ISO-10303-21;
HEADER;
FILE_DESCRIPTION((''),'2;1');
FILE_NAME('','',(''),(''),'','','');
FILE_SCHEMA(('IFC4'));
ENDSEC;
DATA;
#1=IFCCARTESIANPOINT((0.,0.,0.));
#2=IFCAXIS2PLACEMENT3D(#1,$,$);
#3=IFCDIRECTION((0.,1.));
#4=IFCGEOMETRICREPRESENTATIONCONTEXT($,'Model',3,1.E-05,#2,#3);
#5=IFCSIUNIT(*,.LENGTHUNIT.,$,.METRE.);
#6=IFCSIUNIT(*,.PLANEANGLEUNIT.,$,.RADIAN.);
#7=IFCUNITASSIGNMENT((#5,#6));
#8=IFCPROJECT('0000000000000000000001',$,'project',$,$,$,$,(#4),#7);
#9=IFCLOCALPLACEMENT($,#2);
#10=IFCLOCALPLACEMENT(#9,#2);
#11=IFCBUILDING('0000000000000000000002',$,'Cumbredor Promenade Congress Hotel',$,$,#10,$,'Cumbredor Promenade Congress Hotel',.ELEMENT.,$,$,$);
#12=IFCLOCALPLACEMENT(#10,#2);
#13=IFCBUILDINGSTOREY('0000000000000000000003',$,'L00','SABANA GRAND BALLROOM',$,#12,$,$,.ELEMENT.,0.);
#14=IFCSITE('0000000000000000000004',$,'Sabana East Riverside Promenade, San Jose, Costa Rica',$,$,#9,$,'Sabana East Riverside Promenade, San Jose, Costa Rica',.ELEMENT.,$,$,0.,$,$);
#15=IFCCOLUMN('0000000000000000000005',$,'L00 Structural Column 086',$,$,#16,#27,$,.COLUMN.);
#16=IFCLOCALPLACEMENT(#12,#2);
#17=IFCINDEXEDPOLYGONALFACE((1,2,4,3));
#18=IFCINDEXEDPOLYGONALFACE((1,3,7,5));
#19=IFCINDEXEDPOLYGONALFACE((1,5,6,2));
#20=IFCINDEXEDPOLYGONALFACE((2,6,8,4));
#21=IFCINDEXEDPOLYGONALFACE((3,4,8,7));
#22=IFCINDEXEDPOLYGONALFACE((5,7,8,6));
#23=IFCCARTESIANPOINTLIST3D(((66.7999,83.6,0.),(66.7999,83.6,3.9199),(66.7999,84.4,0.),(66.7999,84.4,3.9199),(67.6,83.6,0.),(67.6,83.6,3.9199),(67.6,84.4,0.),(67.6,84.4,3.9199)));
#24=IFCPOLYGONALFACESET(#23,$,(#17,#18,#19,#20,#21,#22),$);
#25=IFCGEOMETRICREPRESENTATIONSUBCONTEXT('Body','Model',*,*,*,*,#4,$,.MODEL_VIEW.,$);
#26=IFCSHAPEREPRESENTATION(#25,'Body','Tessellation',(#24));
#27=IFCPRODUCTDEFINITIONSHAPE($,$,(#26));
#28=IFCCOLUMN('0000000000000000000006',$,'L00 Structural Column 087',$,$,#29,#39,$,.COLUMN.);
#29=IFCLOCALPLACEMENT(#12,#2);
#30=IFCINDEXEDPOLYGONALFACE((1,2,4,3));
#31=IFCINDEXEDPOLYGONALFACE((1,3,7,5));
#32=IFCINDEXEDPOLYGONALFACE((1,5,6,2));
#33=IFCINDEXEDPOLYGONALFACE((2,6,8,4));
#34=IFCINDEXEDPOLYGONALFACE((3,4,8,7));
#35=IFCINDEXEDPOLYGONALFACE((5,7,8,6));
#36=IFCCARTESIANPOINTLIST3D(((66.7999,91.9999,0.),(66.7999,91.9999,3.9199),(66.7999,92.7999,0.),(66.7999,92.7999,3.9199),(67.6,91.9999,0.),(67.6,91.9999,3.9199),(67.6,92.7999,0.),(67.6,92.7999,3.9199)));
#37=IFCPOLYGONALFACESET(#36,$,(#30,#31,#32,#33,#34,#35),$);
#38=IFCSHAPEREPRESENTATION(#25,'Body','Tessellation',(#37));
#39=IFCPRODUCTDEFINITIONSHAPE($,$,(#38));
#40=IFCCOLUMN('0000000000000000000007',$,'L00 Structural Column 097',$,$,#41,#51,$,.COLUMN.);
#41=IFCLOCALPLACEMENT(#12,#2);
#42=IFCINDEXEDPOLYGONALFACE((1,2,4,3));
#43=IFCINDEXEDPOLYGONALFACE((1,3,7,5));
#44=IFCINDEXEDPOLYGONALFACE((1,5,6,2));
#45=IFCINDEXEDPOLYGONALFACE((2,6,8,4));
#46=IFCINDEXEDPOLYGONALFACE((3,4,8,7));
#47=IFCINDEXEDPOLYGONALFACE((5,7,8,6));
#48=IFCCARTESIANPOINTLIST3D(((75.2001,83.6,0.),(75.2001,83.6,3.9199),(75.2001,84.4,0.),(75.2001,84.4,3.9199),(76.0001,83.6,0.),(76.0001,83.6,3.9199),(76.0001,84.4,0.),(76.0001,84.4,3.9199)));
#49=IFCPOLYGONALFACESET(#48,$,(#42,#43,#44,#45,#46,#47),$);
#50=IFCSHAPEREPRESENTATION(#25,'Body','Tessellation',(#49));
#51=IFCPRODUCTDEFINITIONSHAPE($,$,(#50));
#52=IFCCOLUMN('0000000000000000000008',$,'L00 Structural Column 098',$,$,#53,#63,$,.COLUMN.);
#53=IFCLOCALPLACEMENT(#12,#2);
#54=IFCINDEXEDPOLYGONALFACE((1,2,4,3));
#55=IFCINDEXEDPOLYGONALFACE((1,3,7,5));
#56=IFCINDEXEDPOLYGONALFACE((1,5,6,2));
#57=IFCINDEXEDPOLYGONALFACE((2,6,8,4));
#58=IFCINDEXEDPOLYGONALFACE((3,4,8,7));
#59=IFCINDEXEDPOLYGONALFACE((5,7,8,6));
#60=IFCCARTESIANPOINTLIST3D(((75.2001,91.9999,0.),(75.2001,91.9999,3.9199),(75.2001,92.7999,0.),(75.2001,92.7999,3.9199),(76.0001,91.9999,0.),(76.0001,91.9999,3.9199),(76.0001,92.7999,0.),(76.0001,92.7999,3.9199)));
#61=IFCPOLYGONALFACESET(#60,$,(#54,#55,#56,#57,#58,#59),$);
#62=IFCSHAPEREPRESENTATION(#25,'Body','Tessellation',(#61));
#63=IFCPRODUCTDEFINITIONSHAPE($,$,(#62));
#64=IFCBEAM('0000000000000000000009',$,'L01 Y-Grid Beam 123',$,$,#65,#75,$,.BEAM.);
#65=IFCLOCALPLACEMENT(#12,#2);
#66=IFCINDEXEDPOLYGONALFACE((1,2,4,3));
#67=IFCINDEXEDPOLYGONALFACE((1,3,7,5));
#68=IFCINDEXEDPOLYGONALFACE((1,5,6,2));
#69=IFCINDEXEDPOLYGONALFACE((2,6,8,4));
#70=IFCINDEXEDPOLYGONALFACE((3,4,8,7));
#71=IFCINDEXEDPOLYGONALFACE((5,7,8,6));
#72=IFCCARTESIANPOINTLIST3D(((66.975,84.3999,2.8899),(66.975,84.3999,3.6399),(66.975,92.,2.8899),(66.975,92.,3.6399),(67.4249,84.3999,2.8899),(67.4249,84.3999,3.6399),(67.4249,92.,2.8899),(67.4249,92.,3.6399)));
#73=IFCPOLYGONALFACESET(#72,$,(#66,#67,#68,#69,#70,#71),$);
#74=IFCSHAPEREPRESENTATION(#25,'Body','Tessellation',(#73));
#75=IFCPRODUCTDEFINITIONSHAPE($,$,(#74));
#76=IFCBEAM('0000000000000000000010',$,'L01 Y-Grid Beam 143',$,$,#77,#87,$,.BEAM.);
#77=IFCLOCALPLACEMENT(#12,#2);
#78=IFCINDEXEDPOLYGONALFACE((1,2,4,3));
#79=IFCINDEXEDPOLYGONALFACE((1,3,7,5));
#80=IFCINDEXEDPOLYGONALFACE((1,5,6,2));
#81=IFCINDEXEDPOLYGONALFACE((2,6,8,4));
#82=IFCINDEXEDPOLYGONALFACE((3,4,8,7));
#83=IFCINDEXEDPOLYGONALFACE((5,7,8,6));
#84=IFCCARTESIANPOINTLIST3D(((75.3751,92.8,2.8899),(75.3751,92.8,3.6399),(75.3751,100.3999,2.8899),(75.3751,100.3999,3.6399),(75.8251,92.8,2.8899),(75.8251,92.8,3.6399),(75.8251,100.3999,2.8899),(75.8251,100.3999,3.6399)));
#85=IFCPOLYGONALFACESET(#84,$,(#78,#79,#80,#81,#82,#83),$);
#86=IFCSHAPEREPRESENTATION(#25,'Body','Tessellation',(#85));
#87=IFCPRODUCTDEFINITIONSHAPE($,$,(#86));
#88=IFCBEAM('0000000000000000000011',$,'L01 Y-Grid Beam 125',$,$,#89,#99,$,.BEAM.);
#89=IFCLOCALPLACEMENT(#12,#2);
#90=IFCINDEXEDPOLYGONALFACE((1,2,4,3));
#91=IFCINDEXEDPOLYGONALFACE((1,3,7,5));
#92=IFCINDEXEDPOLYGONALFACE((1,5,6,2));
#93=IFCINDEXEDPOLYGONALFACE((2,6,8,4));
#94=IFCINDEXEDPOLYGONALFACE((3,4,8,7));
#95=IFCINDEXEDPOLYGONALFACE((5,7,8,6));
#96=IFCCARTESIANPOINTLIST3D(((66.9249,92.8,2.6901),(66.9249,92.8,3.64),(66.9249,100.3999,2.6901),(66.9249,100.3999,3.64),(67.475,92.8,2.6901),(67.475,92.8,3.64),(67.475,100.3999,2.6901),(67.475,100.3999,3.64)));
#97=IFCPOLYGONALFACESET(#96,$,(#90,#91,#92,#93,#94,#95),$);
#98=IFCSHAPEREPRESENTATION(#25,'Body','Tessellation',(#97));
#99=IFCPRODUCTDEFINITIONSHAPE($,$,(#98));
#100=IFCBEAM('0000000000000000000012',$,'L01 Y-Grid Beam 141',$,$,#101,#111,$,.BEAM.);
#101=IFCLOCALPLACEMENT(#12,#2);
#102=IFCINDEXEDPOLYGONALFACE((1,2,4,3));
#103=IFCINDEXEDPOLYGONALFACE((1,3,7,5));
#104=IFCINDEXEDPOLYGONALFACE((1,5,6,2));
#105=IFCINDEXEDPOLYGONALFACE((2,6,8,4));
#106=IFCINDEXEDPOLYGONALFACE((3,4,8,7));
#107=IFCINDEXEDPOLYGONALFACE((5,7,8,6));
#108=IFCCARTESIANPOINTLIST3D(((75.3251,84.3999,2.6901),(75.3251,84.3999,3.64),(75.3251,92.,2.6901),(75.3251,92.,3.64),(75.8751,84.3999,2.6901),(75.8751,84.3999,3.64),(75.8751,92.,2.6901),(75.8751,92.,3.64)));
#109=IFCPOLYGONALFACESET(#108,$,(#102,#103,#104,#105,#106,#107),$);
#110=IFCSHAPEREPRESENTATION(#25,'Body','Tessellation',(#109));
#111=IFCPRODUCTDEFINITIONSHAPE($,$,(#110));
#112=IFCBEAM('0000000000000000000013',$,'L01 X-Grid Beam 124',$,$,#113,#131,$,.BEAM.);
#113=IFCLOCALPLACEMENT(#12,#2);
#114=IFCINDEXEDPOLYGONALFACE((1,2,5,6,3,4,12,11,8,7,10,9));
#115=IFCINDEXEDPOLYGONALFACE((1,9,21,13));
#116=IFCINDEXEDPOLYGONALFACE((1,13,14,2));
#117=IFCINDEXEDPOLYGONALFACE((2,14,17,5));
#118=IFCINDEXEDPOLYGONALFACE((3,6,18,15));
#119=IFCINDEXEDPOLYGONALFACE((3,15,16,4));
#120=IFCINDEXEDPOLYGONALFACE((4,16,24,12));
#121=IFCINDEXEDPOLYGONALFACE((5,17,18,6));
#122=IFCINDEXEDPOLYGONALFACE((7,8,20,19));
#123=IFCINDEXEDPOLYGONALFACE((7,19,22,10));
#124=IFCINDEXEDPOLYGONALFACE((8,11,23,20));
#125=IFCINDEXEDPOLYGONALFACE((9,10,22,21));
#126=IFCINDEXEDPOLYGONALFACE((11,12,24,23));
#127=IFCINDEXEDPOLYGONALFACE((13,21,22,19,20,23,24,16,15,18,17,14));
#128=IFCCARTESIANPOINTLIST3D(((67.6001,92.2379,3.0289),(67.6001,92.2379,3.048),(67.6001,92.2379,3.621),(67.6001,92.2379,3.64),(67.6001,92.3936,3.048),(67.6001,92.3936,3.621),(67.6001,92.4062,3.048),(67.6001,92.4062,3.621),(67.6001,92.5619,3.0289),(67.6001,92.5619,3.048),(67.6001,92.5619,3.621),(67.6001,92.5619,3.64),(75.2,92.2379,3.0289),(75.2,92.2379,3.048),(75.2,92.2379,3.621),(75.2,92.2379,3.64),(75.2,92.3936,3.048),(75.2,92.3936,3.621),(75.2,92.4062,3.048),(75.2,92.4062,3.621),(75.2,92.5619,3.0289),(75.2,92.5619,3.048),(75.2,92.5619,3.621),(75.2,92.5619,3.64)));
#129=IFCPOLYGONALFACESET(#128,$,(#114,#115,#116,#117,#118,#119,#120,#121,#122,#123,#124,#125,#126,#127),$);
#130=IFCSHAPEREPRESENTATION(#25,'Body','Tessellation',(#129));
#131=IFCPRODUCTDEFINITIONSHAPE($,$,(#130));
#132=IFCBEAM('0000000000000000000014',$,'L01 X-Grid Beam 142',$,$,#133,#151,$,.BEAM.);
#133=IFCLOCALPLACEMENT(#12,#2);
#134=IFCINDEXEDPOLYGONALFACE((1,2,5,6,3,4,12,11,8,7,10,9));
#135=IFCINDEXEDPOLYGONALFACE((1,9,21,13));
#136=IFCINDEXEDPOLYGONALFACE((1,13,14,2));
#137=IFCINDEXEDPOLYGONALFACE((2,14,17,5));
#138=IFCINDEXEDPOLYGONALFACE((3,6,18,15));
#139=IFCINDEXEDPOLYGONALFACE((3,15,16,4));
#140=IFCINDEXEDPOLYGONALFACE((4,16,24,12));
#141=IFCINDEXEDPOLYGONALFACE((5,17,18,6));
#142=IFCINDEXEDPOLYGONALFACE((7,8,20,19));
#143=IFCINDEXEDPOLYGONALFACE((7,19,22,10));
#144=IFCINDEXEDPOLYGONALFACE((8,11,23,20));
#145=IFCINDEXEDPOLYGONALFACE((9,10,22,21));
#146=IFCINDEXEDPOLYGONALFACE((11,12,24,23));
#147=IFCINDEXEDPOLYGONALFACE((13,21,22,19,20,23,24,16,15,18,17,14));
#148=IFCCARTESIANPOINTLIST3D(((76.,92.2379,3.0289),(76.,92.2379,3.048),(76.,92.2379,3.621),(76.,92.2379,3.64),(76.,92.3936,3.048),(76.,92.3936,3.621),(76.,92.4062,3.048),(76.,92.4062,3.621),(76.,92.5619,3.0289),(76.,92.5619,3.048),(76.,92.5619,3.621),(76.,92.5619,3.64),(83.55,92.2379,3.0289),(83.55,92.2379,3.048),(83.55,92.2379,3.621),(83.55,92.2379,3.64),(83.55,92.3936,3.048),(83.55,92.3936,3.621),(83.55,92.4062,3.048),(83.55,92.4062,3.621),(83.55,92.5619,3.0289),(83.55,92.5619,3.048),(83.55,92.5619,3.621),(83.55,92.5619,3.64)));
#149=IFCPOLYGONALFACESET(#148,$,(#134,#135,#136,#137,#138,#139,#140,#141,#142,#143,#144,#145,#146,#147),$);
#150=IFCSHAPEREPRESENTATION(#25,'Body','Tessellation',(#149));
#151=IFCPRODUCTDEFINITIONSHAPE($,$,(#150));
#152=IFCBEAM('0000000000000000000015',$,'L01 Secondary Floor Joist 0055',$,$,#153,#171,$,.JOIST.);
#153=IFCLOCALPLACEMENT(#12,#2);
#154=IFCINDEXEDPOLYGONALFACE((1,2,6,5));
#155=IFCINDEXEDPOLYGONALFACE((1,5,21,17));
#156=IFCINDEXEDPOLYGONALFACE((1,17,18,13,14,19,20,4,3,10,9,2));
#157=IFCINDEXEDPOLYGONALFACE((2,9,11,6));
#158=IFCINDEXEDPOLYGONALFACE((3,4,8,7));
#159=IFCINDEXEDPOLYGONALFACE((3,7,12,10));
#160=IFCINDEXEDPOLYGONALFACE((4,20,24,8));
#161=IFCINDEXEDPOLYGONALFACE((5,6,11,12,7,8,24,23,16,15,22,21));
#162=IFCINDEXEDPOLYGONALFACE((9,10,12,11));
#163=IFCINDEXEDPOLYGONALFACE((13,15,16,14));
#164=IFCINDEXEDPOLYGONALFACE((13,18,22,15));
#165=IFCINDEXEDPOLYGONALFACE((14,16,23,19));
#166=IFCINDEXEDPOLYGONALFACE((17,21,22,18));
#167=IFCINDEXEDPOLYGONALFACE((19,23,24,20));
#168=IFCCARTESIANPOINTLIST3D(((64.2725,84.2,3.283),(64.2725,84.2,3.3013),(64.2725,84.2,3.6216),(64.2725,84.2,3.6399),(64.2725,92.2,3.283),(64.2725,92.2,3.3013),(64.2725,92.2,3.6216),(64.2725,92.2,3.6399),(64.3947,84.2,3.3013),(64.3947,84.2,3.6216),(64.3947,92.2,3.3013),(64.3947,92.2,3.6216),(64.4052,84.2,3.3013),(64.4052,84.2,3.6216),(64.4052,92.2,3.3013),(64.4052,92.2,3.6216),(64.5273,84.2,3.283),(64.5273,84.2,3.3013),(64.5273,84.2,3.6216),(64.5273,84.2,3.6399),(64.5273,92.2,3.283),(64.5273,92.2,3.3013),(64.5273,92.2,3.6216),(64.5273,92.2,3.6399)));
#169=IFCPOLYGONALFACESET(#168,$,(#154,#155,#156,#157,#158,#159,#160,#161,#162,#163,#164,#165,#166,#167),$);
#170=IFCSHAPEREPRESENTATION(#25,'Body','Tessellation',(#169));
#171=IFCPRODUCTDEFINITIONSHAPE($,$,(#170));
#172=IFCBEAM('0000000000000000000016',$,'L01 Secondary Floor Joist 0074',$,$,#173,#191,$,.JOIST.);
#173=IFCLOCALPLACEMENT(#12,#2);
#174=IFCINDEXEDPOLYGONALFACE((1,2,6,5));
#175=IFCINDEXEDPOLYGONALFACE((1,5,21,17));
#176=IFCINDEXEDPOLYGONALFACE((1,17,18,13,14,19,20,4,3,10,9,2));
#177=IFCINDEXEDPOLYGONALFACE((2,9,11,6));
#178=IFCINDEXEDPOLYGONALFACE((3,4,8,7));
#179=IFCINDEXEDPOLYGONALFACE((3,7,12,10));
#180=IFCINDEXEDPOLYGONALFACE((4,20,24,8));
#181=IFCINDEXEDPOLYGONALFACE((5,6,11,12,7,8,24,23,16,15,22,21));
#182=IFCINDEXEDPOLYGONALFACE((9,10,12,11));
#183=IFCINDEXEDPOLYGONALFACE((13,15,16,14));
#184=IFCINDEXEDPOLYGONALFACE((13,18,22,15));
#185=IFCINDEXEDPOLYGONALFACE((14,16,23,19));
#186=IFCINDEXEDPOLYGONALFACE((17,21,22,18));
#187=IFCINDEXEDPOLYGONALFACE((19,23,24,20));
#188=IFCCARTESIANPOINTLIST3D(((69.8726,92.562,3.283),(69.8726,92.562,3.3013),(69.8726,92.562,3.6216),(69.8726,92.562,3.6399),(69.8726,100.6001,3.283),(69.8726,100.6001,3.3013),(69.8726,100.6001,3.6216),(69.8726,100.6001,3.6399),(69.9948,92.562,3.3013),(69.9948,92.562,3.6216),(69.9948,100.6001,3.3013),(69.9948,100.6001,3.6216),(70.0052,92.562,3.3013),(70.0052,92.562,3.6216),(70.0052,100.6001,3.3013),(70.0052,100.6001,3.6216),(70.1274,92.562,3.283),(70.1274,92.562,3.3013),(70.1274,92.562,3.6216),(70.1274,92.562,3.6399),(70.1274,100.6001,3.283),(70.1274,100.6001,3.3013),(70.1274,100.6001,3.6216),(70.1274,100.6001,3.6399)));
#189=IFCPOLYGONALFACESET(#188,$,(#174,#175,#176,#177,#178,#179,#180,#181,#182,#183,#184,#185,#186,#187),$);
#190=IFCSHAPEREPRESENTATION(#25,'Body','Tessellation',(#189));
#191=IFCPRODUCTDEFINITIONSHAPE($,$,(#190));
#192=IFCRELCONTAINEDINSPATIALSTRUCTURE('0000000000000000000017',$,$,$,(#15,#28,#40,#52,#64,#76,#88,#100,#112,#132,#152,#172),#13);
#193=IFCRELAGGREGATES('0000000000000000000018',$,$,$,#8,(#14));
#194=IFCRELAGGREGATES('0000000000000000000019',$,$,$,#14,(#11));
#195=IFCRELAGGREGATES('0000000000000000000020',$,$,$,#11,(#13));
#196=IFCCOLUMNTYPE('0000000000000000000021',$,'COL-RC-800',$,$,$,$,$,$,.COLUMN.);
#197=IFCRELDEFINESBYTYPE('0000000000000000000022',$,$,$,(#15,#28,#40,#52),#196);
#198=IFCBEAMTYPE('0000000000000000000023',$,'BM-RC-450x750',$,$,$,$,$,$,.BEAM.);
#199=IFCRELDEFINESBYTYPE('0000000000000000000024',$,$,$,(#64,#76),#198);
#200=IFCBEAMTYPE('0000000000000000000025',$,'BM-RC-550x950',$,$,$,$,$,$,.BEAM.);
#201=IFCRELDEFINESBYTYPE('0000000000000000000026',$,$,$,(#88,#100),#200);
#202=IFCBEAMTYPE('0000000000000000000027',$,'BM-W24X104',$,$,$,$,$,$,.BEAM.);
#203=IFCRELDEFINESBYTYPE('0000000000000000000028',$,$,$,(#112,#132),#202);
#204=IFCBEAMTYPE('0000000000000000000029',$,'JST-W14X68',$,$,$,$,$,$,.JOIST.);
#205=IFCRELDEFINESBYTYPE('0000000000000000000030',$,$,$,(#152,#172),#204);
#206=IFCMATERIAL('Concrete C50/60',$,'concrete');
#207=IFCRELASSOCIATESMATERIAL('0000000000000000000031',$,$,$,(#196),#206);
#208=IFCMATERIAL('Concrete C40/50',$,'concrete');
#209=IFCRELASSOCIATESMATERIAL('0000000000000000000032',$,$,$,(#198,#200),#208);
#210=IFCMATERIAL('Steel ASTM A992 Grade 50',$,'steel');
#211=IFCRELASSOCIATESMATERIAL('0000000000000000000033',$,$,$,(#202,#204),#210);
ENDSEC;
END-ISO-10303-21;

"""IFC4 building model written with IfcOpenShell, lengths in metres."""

from ifc_helpers import new_model, si_unit, direction, frame, origin, origin_2d, place, context, subcontext, project, spatial, rectangle, i_section, extrude, material, material_profile, profile_set, type_object, element, save


model = new_model("IFC4")

# Units and contexts
model_context = context("Model", 3, precision=1e-05, world=origin(), true_north=direction((0.0, 1.0)))
body_context = subcontext(model_context, "Body", "Model", "MODEL_VIEW")
ifc_project = project(units=[si_unit("LENGTHUNIT", "METRE"), si_unit("PLANEANGLEUNIT", "RADIAN")], contexts=[model_context])

# Site, building, storey
site_placement = place(None, origin())
site = spatial("IfcSite", under=ifc_project, at=site_placement, Name="Sabana East Riverside Promenade, San Jose, Costa Rica", LongName="Sabana East Riverside Promenade, San Jose, Costa Rica", CompositionType="ELEMENT", RefElevation=0.0)
building_placement = place(site_placement, origin())
building = spatial("IfcBuilding", under=site, at=building_placement, Name="Cumbredor Promenade Congress Hotel", LongName="Cumbredor Promenade Congress Hotel", CompositionType="ELEMENT")
storey_placement = place(building_placement, origin())
storey = spatial("IfcBuildingStorey", under=building, at=storey_placement, Name="L00", Description="SABANA GRAND BALLROOM", CompositionType="ELEMENT", Elevation=0.0)

# Columns
ifc_material_1 = material(Name="Concrete C50/60", Category="concrete")
ifc_material_profile_1 = material_profile(ifc_material_1, rectangle(XDim=0.8, YDim=0.8, at=origin_2d()), Name="RC 800x800")
ifc_profile_set_1 = profile_set([ifc_material_profile_1], Name="Concrete C50/60")
column_type = type_object("IfcColumnType", Name="COL-RC-800", PredefinedType="COLUMN", material=ifc_profile_set_1)
for number, where, z_axis, x_axis, name in (
    (1, (67.2, 84.0, 0.0), (0.0, 0.0, 1.0), (1.0, 0.0, 0.0), "L00 Structural Column 086"),
    (2, (67.2, 92.3999, 0.0), (0.0, 0.0, 1.0), (1.0, 0.0, 0.0), "L00 Structural Column 087"),
    (3, (75.6001, 84.0, 0.0), (0.0, 0.0, 1.0), (1.0, 0.0, 0.0), "L00 Structural Column 097"),
    (4, (75.6001, 92.3999, 0.0), (0.0, 0.0, 1.0), (1.0, 0.0, 0.0), "L00 Structural Column 098"),
):
    element("IfcColumn", number, at=place(storey_placement, frame(where, z_axis=z_axis, x_axis=x_axis)), inside=storey, type_object=column_type, Name=name, PredefinedType="COLUMN", context=body_context, shape_type="SweptSolid", body=[
        extrude(rectangle(XDim=0.8, YDim=0.8, at=origin_2d()), origin(), (0.0, 0.0, 1.0), 3.9199),
    ])

# Beams
ifc_material_2 = material(Name="Concrete C40/50", Category="concrete")
ifc_material_profile_2 = material_profile(ifc_material_2, rectangle(XDim=0.45, YDim=0.75, at=origin_2d()), Name="RC BEAM 450x750")
ifc_profile_set_2 = profile_set([ifc_material_profile_2], Name="Concrete C40/50")
beam_type_1 = type_object("IfcBeamType", Name="BM-RC-450x750", PredefinedType="BEAM", material=ifc_profile_set_2)
beam_1_placement = place(storey_placement, frame((67.2, 84.3999, 3.2649), z_axis=(0.0, 1.0, 0.0), x_axis=(-1.0, 0.0, 0.0)))
element("IfcBeam", 5, at=beam_1_placement, inside=storey, type_object=beam_type_1, Name="L01 Y-Grid Beam 123", PredefinedType="BEAM", context=body_context, shape_type="SweptSolid", body=[
    extrude(rectangle(XDim=0.45, YDim=0.75, at=origin_2d()), origin(), (0.0, 0.0, 1.0), 7.6001),
])
beam_2_placement = place(storey_placement, frame((75.6001, 92.8, 3.2649), z_axis=(0.0, 1.0, 0.0), x_axis=(-1.0, 0.0, 0.0)))
element("IfcBeam", 6, at=beam_2_placement, inside=storey, type_object=beam_type_1, Name="L01 Y-Grid Beam 143", PredefinedType="BEAM", context=body_context, shape_type="SweptSolid", body=[
    extrude(rectangle(XDim=0.45, YDim=0.75, at=origin_2d()), origin(), (0.0, 0.0, 1.0), 7.5999),
])
ifc_material_profile_3 = material_profile(ifc_material_2, rectangle(XDim=0.55, YDim=0.95, at=origin_2d()), Name="RC BEAM 550x950")
ifc_profile_set_3 = profile_set([ifc_material_profile_3], Name="Concrete C40/50")
beam_type_2 = type_object("IfcBeamType", Name="BM-RC-550x950", PredefinedType="BEAM", material=ifc_profile_set_3)
beam_3_placement = place(storey_placement, frame((67.2, 92.8, 3.165), z_axis=(0.0, 1.0, 0.0), x_axis=(-1.0, 0.0, 0.0)))
element("IfcBeam", 7, at=beam_3_placement, inside=storey, type_object=beam_type_2, Name="L01 Y-Grid Beam 125", PredefinedType="BEAM", context=body_context, shape_type="SweptSolid", body=[
    extrude(rectangle(XDim=0.55, YDim=0.95, at=origin_2d()), origin(), (0.0, 0.0, 1.0), 7.5999),
])
beam_4_placement = place(storey_placement, frame((75.6001, 84.3999, 3.165), z_axis=(0.0, 1.0, 0.0), x_axis=(-1.0, 0.0, 0.0)))
element("IfcBeam", 8, at=beam_4_placement, inside=storey, type_object=beam_type_2, Name="L01 Y-Grid Beam 141", PredefinedType="BEAM", context=body_context, shape_type="SweptSolid", body=[
    extrude(rectangle(XDim=0.55, YDim=0.95, at=origin_2d()), origin(), (0.0, 0.0, 1.0), 7.6001),
])
ifc_material_3 = material(Name="Steel ASTM A992 Grade 50", Category="steel")
ifc_material_profile_4 = material_profile(ifc_material_3, i_section(OverallWidth=0.324, OverallDepth=0.6111, WebThickness=0.0127, FlangeThickness=0.019, at=origin_2d()), Name="W24X104")
ifc_profile_set_4 = profile_set([ifc_material_profile_4], Name="Steel ASTM A992 Grade 50")
beam_type_3 = type_object("IfcBeamType", Name="BM-W24X104", PredefinedType="BEAM", material=ifc_profile_set_4)
beam_5_placement = place(storey_placement, frame((67.6001, 92.3999, 3.3345), z_axis=(1.0, 0.0, 0.0), x_axis=(0.0, 1.0, 0.0)))
element("IfcBeam", 9, at=beam_5_placement, inside=storey, type_object=beam_type_3, Name="L01 X-Grid Beam 124", PredefinedType="BEAM", context=body_context, shape_type="SweptSolid", body=[
    extrude(i_section(OverallWidth=0.324, OverallDepth=0.6111, WebThickness=0.0127, FlangeThickness=0.019, at=origin_2d()), origin(), (0.0, 0.0, 1.0), 7.5999),
])
beam_6_placement = place(storey_placement, frame((76.0, 92.3999, 3.3345), z_axis=(1.0, 0.0, 0.0), x_axis=(0.0, 1.0, 0.0)))
element("IfcBeam", 10, at=beam_6_placement, inside=storey, type_object=beam_type_3, Name="L01 X-Grid Beam 142", PredefinedType="BEAM", context=body_context, shape_type="SweptSolid", body=[
    extrude(i_section(OverallWidth=0.324, OverallDepth=0.6111, WebThickness=0.0127, FlangeThickness=0.019, at=origin_2d()), origin(), (0.0, 0.0, 1.0), 7.55),
])
ifc_material_profile_5 = material_profile(ifc_material_3, i_section(OverallWidth=0.2549, OverallDepth=0.3569, WebThickness=0.0105, FlangeThickness=0.0183, at=origin_2d()), Name="W14X68")
ifc_profile_set_5 = profile_set([ifc_material_profile_5], Name="Steel ASTM A992 Grade 50")
beam_type_4 = type_object("IfcBeamType", Name="JST-W14X68", PredefinedType="JOIST", material=ifc_profile_set_5)
beam_7_placement = place(storey_placement, frame((64.3999, 84.2, 3.4614), z_axis=(0.0, 1.0, 0.0), x_axis=(-1.0, 0.0, 0.0)))
element("IfcBeam", 11, at=beam_7_placement, inside=storey, type_object=beam_type_4, Name="L01 Secondary Floor Joist 0055", PredefinedType="JOIST", context=body_context, shape_type="SweptSolid", body=[
    extrude(i_section(OverallWidth=0.2549, OverallDepth=0.3569, WebThickness=0.0105, FlangeThickness=0.0183, at=origin_2d()), origin(), (0.0, 0.0, 1.0), 8.0),
])
for number, where, z_axis, x_axis, name in (
    (12, (70.0, 92.562, 3.4614), (0.0, 1.0, 0.0), (-1.0, 0.0, 0.0), "L01 Secondary Floor Joist 0074"),
):
    element("IfcBeam", number, at=place(storey_placement, frame(where, z_axis=z_axis, x_axis=x_axis)), inside=storey, type_object=beam_type_4, Name=name, PredefinedType="JOIST", context=body_context, shape_type="SweptSolid", body=[
        extrude(i_section(OverallWidth=0.2549, OverallDepth=0.3569, WebThickness=0.0105, FlangeThickness=0.0183, at=origin_2d()), origin(), (0.0, 0.0, 1.0), 8.0381),
    ])

save(model, "model.ifc")
